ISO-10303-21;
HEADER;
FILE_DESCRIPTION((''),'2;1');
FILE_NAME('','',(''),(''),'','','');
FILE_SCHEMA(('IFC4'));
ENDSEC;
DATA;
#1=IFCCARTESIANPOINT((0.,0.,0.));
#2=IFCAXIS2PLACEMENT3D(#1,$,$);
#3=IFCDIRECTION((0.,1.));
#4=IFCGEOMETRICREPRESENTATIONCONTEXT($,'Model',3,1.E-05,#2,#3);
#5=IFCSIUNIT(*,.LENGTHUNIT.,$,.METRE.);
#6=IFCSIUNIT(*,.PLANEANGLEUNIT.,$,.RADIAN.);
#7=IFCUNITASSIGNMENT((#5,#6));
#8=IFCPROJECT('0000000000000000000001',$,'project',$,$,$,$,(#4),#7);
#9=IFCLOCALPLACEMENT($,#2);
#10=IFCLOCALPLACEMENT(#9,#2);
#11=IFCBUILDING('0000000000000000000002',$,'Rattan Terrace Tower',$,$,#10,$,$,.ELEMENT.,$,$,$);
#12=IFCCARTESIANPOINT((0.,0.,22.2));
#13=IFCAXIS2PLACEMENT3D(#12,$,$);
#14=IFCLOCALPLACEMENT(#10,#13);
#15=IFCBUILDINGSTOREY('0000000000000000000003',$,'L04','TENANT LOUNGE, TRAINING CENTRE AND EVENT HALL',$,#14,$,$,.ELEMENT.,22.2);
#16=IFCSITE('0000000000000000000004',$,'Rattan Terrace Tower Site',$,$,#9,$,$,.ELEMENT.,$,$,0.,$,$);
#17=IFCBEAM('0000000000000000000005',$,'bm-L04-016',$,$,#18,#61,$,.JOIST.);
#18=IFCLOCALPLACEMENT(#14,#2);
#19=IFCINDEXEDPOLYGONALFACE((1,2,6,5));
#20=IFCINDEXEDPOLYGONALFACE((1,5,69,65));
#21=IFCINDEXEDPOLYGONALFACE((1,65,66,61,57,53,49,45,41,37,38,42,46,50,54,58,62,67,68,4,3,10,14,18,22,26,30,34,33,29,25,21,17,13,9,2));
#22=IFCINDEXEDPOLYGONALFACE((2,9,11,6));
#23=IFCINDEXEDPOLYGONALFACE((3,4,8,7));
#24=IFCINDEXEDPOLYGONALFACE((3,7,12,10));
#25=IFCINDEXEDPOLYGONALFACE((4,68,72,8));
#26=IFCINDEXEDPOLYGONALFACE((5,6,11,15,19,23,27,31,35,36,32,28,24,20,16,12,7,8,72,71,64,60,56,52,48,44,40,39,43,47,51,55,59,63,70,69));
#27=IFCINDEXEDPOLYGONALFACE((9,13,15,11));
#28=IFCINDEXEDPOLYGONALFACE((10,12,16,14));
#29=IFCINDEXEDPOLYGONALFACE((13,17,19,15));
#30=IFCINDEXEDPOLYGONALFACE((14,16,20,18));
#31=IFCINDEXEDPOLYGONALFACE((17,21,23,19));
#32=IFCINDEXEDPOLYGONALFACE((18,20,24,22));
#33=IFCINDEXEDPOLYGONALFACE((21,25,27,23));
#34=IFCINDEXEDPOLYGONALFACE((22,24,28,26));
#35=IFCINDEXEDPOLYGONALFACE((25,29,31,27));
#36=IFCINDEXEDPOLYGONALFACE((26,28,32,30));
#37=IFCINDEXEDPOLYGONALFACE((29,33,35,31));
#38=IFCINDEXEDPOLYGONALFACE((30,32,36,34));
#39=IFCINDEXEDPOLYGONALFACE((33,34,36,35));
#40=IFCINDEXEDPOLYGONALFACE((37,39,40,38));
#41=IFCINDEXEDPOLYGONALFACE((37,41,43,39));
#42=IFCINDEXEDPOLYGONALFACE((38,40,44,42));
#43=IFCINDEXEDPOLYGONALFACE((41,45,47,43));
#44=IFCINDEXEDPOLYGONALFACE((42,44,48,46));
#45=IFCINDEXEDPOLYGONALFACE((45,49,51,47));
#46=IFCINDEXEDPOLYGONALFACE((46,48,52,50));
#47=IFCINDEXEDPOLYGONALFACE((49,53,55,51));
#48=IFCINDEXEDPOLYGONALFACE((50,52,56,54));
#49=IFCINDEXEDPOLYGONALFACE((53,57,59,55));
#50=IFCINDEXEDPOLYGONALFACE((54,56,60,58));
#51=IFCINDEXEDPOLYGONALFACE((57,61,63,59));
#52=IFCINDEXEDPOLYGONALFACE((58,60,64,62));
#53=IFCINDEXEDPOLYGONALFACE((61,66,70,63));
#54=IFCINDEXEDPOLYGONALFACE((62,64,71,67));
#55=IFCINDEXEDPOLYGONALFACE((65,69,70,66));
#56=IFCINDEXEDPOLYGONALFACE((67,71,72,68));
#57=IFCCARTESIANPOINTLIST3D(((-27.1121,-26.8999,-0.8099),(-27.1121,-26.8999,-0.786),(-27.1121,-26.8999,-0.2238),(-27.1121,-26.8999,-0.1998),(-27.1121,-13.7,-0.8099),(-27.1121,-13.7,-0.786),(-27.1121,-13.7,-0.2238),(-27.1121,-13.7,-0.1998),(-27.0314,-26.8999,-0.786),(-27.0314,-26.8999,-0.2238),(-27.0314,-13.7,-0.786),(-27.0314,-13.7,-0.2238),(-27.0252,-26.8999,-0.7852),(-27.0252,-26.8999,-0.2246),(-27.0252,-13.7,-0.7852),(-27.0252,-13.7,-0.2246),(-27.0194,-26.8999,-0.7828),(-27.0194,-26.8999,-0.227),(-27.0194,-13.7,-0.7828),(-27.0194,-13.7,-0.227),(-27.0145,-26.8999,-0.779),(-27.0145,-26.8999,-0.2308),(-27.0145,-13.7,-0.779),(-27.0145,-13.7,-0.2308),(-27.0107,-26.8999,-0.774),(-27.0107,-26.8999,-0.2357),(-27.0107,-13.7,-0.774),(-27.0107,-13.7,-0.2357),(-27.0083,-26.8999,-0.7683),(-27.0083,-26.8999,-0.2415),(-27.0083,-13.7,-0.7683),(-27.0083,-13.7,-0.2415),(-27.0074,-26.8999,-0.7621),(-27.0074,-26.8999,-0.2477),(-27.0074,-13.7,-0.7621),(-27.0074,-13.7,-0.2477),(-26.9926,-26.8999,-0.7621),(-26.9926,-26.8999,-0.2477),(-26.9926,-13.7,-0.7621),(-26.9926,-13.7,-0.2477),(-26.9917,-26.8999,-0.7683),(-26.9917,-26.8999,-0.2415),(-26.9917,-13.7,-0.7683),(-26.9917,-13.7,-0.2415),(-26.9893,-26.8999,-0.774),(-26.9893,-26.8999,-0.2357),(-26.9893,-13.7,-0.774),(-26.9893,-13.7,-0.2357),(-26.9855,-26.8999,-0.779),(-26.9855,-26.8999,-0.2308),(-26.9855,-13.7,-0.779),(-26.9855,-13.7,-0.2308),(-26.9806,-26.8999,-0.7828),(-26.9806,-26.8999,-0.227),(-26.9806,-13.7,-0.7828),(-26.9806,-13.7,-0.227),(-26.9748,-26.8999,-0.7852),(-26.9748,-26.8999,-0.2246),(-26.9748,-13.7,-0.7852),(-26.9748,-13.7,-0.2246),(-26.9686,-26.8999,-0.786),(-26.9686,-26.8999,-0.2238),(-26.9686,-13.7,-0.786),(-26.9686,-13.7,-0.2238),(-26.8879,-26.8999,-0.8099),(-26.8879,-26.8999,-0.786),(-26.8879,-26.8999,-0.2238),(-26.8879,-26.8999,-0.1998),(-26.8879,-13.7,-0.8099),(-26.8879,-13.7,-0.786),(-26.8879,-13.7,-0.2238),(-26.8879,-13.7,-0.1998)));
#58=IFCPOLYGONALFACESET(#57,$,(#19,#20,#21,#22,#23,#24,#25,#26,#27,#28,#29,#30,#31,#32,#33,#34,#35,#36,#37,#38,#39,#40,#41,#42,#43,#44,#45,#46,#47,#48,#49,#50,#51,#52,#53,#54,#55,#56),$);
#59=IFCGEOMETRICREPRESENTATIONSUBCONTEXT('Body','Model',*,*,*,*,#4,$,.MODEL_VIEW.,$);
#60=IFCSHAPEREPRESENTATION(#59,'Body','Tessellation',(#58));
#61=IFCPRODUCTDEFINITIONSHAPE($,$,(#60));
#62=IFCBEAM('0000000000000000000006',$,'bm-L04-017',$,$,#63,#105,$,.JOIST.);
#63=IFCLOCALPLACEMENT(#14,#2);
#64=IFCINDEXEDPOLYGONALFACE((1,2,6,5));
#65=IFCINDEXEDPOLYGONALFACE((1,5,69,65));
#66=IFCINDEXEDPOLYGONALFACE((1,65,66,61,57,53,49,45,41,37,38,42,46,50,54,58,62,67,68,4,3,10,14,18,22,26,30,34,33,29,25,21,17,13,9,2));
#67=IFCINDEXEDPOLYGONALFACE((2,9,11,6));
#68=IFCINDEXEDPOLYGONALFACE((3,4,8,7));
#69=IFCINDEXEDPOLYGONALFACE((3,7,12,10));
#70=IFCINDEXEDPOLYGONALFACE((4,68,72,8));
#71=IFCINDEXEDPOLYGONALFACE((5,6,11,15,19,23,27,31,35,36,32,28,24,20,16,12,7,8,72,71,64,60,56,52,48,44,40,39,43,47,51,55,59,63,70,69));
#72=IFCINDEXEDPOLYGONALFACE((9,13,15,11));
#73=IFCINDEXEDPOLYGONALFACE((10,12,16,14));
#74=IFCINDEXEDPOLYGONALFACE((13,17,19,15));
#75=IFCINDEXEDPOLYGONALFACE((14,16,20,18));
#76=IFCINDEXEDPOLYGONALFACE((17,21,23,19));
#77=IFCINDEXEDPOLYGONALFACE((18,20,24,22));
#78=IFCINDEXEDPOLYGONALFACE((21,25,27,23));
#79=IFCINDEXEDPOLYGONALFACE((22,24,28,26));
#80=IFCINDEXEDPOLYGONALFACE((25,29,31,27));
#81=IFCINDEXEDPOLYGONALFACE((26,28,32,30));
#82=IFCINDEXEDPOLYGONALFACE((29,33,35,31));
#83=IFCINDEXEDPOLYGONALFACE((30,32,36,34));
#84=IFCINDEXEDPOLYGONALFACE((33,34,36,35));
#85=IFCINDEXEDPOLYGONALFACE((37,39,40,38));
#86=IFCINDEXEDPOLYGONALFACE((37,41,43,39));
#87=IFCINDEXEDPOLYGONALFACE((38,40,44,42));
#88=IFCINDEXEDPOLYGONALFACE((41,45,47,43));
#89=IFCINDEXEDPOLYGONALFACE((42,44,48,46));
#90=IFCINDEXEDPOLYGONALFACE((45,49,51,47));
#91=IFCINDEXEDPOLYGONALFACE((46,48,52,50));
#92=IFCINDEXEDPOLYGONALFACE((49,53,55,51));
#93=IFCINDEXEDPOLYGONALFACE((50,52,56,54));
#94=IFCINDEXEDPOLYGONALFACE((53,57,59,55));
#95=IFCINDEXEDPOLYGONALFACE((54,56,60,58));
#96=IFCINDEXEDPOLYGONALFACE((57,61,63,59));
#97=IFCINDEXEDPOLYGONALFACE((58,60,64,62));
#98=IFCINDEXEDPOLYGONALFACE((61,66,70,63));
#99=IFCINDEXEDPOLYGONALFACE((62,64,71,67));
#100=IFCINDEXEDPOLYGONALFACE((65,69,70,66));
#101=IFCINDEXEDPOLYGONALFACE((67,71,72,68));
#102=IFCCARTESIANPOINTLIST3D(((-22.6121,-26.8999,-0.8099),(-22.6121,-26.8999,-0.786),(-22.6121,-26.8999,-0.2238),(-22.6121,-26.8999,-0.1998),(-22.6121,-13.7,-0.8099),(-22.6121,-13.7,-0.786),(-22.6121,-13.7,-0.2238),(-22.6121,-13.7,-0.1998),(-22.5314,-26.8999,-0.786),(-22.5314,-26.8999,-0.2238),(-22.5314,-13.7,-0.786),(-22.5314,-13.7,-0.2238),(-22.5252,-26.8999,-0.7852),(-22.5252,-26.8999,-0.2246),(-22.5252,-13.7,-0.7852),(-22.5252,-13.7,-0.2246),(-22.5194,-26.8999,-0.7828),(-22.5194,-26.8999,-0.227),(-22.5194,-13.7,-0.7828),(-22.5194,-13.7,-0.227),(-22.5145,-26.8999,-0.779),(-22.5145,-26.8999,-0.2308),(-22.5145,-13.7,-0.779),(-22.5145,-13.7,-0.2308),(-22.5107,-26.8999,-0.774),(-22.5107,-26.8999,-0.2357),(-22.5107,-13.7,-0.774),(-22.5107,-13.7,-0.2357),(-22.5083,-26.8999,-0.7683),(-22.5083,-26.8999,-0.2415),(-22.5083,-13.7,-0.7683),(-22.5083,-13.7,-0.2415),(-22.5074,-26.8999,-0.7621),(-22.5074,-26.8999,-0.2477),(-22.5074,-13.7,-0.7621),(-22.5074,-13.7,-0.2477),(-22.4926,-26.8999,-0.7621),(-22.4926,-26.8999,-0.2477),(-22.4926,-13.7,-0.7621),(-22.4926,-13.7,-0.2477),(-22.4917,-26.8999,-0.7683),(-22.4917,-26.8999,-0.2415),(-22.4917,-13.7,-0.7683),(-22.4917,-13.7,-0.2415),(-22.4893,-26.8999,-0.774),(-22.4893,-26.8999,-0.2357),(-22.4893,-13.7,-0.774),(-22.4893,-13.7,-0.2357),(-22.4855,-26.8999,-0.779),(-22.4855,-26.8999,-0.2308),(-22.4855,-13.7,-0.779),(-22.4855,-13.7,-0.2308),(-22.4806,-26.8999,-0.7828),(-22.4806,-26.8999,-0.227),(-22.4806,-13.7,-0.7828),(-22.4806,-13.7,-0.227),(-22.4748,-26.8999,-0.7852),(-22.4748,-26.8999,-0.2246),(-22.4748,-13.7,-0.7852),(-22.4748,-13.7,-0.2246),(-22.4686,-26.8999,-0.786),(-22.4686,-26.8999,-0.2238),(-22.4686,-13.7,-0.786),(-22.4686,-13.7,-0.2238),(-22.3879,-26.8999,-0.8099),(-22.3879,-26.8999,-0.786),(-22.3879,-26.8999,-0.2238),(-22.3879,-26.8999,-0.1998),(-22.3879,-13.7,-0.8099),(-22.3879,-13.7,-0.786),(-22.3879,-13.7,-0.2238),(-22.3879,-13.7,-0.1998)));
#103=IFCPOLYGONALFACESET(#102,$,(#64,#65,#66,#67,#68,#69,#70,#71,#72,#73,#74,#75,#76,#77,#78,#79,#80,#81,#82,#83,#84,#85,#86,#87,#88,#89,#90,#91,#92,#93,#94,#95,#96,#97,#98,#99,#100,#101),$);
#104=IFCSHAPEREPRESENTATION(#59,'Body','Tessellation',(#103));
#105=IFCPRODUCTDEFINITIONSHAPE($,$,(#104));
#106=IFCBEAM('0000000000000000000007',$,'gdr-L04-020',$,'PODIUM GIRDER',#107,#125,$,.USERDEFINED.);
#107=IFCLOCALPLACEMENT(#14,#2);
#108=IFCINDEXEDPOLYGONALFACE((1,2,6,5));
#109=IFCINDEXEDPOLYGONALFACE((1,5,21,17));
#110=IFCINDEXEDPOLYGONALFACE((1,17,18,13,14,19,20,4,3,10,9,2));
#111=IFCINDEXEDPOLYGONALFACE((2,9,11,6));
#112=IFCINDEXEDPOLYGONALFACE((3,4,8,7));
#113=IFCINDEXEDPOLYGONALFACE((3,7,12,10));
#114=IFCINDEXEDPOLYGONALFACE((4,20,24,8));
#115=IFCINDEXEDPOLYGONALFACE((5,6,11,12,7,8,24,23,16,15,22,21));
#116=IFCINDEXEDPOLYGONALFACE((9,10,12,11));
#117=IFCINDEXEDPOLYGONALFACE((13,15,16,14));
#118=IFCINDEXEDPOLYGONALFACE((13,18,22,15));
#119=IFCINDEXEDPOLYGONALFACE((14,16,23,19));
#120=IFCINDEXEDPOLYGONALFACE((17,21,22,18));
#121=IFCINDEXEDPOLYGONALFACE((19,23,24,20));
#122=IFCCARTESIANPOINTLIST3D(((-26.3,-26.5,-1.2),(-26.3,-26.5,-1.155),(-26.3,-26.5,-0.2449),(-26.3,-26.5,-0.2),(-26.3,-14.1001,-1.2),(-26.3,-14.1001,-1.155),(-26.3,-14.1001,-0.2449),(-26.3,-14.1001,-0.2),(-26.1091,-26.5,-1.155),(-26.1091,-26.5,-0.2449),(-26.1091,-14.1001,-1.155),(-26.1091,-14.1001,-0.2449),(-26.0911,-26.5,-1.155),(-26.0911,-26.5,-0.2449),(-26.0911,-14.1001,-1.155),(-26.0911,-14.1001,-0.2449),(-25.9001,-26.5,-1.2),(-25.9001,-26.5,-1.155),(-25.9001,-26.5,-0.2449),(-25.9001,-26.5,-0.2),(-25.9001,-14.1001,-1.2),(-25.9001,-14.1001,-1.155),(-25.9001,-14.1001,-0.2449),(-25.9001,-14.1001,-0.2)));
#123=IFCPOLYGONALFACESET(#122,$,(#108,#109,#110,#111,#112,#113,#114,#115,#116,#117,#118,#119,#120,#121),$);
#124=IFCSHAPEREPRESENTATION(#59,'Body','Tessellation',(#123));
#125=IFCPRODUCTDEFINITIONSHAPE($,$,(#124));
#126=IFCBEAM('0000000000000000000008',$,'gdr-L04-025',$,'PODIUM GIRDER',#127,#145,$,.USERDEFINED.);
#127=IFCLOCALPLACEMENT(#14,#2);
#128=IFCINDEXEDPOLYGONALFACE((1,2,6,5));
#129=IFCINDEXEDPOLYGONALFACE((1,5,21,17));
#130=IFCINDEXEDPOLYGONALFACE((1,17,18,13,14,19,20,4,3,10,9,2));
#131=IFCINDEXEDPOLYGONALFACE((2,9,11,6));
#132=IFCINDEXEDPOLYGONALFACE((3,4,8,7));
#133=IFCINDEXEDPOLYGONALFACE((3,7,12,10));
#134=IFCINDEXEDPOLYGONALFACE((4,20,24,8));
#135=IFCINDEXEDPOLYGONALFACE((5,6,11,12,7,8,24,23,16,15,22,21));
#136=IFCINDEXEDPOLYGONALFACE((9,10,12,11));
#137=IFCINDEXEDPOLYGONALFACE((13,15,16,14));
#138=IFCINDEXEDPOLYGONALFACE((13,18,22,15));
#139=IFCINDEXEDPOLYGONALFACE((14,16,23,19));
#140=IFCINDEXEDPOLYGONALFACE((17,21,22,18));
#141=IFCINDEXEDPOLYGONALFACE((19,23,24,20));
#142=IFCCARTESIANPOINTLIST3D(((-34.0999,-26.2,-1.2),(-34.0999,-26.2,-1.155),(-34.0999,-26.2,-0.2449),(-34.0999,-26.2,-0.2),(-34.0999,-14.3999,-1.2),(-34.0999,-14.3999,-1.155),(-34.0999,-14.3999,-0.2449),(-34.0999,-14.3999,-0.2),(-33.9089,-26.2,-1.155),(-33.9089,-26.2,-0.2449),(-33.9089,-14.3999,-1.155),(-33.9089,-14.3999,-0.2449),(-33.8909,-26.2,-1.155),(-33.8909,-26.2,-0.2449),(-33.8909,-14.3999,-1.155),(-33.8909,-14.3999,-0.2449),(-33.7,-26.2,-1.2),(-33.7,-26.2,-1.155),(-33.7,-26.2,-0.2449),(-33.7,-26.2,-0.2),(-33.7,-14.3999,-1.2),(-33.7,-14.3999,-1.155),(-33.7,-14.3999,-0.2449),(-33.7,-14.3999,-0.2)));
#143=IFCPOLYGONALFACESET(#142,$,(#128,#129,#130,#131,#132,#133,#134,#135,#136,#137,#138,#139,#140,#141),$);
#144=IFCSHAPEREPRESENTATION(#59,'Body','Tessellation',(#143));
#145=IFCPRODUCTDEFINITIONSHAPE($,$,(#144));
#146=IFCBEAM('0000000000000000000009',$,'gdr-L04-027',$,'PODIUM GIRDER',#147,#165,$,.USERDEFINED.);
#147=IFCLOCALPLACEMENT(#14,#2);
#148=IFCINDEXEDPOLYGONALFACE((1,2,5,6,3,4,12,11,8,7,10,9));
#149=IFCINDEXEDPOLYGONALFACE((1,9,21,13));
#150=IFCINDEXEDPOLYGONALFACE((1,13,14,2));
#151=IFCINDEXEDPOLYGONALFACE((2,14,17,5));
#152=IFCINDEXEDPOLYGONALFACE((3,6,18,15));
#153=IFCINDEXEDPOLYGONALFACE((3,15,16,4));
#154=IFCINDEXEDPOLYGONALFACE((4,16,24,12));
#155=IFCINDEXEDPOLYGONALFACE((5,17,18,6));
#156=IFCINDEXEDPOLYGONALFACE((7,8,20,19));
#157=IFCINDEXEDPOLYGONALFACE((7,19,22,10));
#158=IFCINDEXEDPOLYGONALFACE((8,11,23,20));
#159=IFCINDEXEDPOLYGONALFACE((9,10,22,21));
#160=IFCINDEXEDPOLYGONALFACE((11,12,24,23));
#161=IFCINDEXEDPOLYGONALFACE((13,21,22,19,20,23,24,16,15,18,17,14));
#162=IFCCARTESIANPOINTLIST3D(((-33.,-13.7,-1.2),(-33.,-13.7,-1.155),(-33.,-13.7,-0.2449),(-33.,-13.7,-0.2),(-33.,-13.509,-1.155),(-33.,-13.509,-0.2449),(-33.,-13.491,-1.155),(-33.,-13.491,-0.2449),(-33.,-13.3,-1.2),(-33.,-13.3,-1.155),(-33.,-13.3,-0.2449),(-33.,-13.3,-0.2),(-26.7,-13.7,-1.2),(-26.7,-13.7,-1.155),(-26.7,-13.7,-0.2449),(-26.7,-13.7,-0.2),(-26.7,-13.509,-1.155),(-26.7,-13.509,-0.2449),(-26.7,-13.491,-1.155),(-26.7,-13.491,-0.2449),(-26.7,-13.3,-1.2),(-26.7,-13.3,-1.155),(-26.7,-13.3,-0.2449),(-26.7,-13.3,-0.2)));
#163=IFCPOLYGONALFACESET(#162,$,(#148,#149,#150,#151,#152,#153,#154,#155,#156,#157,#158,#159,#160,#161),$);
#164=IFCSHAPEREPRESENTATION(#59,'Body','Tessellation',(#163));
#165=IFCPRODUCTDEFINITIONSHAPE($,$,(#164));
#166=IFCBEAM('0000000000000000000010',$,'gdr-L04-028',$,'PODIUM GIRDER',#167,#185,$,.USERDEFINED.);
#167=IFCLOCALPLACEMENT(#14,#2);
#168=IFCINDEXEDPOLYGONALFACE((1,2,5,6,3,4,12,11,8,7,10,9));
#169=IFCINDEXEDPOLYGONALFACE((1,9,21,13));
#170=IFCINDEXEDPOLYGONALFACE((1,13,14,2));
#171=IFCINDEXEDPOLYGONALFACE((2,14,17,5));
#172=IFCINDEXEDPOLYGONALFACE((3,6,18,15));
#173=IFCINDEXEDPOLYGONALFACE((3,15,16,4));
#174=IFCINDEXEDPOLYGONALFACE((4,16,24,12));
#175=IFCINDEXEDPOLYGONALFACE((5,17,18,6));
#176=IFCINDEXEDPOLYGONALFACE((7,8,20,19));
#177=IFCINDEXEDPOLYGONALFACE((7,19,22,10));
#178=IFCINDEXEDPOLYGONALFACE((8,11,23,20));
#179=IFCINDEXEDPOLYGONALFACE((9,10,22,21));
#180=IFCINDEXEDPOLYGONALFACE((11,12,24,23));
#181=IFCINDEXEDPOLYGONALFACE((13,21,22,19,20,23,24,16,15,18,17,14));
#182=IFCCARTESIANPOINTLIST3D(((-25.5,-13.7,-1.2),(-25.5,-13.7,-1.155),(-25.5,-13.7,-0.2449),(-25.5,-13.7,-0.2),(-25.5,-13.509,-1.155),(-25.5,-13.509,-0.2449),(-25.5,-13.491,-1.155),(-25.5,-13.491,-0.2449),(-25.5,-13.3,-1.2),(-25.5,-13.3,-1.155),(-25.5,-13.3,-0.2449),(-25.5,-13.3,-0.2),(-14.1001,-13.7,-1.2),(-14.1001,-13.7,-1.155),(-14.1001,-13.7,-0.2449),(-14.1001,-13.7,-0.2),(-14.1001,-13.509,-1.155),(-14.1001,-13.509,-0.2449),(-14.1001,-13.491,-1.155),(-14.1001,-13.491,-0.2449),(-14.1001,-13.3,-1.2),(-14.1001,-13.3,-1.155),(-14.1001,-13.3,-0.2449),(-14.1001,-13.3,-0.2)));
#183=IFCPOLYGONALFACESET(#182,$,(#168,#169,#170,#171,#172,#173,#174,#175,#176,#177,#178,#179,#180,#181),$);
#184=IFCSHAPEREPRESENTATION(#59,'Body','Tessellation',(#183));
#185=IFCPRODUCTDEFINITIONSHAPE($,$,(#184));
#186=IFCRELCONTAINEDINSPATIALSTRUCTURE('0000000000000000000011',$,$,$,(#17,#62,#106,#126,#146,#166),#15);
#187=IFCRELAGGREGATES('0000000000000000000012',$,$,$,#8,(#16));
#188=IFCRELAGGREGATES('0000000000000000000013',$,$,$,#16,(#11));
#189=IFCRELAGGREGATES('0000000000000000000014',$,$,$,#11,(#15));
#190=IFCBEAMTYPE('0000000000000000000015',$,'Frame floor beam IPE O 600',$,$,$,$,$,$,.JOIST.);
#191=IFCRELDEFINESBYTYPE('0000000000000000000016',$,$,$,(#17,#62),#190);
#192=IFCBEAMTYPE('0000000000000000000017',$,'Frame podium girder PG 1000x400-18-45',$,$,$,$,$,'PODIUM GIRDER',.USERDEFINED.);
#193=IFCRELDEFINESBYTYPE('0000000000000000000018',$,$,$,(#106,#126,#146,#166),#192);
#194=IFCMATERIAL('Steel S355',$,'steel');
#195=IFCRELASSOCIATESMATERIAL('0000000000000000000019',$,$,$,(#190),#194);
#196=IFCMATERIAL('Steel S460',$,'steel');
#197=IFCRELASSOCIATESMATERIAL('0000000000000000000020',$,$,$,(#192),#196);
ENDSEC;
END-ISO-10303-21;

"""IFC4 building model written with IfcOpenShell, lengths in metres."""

from ifc_helpers import new_model, si_unit, direction, frame, origin, origin_2d, place, context, subcontext, project, spatial, i_section, extrude, material, material_profile, profile_set, type_object, element, save


model = new_model("IFC4")

# Units and contexts
model_context = context("Model", 3, precision=1e-05, world=origin(), true_north=direction((0.0, 1.0)))
body_context = subcontext(model_context, "Body", "Model", "MODEL_VIEW")
ifc_project = project(units=[si_unit("LENGTHUNIT", "METRE"), si_unit("PLANEANGLEUNIT", "RADIAN")], contexts=[model_context])

# Site, building, storey
site_placement = place(None, origin())
site = spatial("IfcSite", under=ifc_project, at=site_placement, Name="Rattan Terrace Tower Site", CompositionType="ELEMENT", RefElevation=0.0)
building_placement = place(site_placement, origin())
building = spatial("IfcBuilding", under=site, at=building_placement, Name="Rattan Terrace Tower", CompositionType="ELEMENT")
storey_placement = place(building_placement, frame((0.0, 0.0, 22.2)))
storey = spatial("IfcBuildingStorey", under=building, at=storey_placement, Name="L04", Description="TENANT LOUNGE, TRAINING CENTRE AND EVENT HALL", CompositionType="ELEMENT", Elevation=22.2)

# Beams
ifc_material_1 = material(Name="Steel S355", Category="steel")
ifc_material_profile_1 = material_profile(ifc_material_1, i_section(OverallWidth=0.2241, OverallDepth=0.6101, WebThickness=0.0149, FlangeThickness=0.0239, FilletRadius=0.0239, at=origin_2d()), Name="IPE O 600")
ifc_profile_set_1 = profile_set([ifc_material_profile_1], Name="Steel S355")
beam_type_1 = type_object("IfcBeamType", Name="Frame floor beam IPE O 600", PredefinedType="JOIST", material=ifc_profile_set_1)
for number, where, z_axis, x_axis, name in (
    (1, (-27.0, -26.8999, -0.5049), (0.0, 1.0, 0.0), (-1.0, 0.0, 0.0), "bm-L04-016"),
    (2, (-22.5, -26.8999, -0.5049), (0.0, 1.0, 0.0), (-1.0, 0.0, 0.0), "bm-L04-017"),
):
    element("IfcBeam", number, at=place(storey_placement, frame(where, z_axis=z_axis, x_axis=x_axis)), inside=storey, type_object=beam_type_1, Name=name, PredefinedType="JOIST", context=body_context, shape_type="SweptSolid", body=[
        extrude(i_section(OverallWidth=0.2241, OverallDepth=0.6101, WebThickness=0.0149, FlangeThickness=0.0239, FilletRadius=0.0239, at=origin_2d()), origin(), (0.0, 0.0, 1.0), 13.2),
    ])
ifc_material_2 = material(Name="Steel S460", Category="steel")
ifc_material_profile_2 = material_profile(ifc_material_2, i_section(OverallWidth=0.3999, OverallDepth=1.0, WebThickness=0.0181, FlangeThickness=0.0449, at=origin_2d()), Name="PG 1000x400-18-45")
ifc_profile_set_2 = profile_set([ifc_material_profile_2], Name="Steel S460")
beam_type_2 = type_object("IfcBeamType", Name="Frame podium girder PG 1000x400-18-45", ElementType="PODIUM GIRDER", PredefinedType="USERDEFINED", material=ifc_profile_set_2)
beam_1_placement = place(storey_placement, frame((-26.1001, -26.5, -0.7), z_axis=(0.0, 1.0, 0.0), x_axis=(-1.0, 0.0, 0.0)))
element("IfcBeam", 3, at=beam_1_placement, inside=storey, type_object=beam_type_2, Name="gdr-L04-020", ObjectType="PODIUM GIRDER", PredefinedType="USERDEFINED", context=body_context, shape_type="SweptSolid", body=[
    extrude(i_section(OverallWidth=0.3999, OverallDepth=1.0, WebThickness=0.0181, FlangeThickness=0.0449, at=origin_2d()), origin(), (0.0, 0.0, 1.0), 12.3999),
])
beam_2_placement = place(storey_placement, frame((-33.8999, -26.2, -0.7), z_axis=(0.0, 1.0, 0.0), x_axis=(-1.0, 0.0, 0.0)))
element("IfcBeam", 4, at=beam_2_placement, inside=storey, type_object=beam_type_2, Name="gdr-L04-025", ObjectType="PODIUM GIRDER", PredefinedType="USERDEFINED", context=body_context, shape_type="SweptSolid", body=[
    extrude(i_section(OverallWidth=0.3999, OverallDepth=1.0, WebThickness=0.0181, FlangeThickness=0.0449, at=origin_2d()), origin(), (0.0, 0.0, 1.0), 11.8),
])
beam_3_placement = place(storey_placement, frame((-33.0, -13.5, -0.7), z_axis=(1.0, 0.0, 0.0), x_axis=(0.0, 1.0, 0.0)))
element("IfcBeam", 5, at=beam_3_placement, inside=storey, type_object=beam_type_2, Name="gdr-L04-027", ObjectType="PODIUM GIRDER", PredefinedType="USERDEFINED", context=body_context, shape_type="SweptSolid", body=[
    extrude(i_section(OverallWidth=0.3999, OverallDepth=1.0, WebThickness=0.0181, FlangeThickness=0.0449, at=origin_2d()), origin(), (0.0, 0.0, 1.0), 6.3),
])
beam_4_placement = place(storey_placement, frame((-25.5, -13.5, -0.7), z_axis=(1.0, 0.0, 0.0), x_axis=(0.0, 1.0, 0.0)))
element("IfcBeam", 6, at=beam_4_placement, inside=storey, type_object=beam_type_2, Name="gdr-L04-028", ObjectType="PODIUM GIRDER", PredefinedType="USERDEFINED", context=body_context, shape_type="SweptSolid", body=[
    extrude(i_section(OverallWidth=0.3999, OverallDepth=1.0, WebThickness=0.0181, FlangeThickness=0.0449, at=origin_2d()), origin(), (0.0, 0.0, 1.0), 11.3999),
])

save(model, "model.ifc")
